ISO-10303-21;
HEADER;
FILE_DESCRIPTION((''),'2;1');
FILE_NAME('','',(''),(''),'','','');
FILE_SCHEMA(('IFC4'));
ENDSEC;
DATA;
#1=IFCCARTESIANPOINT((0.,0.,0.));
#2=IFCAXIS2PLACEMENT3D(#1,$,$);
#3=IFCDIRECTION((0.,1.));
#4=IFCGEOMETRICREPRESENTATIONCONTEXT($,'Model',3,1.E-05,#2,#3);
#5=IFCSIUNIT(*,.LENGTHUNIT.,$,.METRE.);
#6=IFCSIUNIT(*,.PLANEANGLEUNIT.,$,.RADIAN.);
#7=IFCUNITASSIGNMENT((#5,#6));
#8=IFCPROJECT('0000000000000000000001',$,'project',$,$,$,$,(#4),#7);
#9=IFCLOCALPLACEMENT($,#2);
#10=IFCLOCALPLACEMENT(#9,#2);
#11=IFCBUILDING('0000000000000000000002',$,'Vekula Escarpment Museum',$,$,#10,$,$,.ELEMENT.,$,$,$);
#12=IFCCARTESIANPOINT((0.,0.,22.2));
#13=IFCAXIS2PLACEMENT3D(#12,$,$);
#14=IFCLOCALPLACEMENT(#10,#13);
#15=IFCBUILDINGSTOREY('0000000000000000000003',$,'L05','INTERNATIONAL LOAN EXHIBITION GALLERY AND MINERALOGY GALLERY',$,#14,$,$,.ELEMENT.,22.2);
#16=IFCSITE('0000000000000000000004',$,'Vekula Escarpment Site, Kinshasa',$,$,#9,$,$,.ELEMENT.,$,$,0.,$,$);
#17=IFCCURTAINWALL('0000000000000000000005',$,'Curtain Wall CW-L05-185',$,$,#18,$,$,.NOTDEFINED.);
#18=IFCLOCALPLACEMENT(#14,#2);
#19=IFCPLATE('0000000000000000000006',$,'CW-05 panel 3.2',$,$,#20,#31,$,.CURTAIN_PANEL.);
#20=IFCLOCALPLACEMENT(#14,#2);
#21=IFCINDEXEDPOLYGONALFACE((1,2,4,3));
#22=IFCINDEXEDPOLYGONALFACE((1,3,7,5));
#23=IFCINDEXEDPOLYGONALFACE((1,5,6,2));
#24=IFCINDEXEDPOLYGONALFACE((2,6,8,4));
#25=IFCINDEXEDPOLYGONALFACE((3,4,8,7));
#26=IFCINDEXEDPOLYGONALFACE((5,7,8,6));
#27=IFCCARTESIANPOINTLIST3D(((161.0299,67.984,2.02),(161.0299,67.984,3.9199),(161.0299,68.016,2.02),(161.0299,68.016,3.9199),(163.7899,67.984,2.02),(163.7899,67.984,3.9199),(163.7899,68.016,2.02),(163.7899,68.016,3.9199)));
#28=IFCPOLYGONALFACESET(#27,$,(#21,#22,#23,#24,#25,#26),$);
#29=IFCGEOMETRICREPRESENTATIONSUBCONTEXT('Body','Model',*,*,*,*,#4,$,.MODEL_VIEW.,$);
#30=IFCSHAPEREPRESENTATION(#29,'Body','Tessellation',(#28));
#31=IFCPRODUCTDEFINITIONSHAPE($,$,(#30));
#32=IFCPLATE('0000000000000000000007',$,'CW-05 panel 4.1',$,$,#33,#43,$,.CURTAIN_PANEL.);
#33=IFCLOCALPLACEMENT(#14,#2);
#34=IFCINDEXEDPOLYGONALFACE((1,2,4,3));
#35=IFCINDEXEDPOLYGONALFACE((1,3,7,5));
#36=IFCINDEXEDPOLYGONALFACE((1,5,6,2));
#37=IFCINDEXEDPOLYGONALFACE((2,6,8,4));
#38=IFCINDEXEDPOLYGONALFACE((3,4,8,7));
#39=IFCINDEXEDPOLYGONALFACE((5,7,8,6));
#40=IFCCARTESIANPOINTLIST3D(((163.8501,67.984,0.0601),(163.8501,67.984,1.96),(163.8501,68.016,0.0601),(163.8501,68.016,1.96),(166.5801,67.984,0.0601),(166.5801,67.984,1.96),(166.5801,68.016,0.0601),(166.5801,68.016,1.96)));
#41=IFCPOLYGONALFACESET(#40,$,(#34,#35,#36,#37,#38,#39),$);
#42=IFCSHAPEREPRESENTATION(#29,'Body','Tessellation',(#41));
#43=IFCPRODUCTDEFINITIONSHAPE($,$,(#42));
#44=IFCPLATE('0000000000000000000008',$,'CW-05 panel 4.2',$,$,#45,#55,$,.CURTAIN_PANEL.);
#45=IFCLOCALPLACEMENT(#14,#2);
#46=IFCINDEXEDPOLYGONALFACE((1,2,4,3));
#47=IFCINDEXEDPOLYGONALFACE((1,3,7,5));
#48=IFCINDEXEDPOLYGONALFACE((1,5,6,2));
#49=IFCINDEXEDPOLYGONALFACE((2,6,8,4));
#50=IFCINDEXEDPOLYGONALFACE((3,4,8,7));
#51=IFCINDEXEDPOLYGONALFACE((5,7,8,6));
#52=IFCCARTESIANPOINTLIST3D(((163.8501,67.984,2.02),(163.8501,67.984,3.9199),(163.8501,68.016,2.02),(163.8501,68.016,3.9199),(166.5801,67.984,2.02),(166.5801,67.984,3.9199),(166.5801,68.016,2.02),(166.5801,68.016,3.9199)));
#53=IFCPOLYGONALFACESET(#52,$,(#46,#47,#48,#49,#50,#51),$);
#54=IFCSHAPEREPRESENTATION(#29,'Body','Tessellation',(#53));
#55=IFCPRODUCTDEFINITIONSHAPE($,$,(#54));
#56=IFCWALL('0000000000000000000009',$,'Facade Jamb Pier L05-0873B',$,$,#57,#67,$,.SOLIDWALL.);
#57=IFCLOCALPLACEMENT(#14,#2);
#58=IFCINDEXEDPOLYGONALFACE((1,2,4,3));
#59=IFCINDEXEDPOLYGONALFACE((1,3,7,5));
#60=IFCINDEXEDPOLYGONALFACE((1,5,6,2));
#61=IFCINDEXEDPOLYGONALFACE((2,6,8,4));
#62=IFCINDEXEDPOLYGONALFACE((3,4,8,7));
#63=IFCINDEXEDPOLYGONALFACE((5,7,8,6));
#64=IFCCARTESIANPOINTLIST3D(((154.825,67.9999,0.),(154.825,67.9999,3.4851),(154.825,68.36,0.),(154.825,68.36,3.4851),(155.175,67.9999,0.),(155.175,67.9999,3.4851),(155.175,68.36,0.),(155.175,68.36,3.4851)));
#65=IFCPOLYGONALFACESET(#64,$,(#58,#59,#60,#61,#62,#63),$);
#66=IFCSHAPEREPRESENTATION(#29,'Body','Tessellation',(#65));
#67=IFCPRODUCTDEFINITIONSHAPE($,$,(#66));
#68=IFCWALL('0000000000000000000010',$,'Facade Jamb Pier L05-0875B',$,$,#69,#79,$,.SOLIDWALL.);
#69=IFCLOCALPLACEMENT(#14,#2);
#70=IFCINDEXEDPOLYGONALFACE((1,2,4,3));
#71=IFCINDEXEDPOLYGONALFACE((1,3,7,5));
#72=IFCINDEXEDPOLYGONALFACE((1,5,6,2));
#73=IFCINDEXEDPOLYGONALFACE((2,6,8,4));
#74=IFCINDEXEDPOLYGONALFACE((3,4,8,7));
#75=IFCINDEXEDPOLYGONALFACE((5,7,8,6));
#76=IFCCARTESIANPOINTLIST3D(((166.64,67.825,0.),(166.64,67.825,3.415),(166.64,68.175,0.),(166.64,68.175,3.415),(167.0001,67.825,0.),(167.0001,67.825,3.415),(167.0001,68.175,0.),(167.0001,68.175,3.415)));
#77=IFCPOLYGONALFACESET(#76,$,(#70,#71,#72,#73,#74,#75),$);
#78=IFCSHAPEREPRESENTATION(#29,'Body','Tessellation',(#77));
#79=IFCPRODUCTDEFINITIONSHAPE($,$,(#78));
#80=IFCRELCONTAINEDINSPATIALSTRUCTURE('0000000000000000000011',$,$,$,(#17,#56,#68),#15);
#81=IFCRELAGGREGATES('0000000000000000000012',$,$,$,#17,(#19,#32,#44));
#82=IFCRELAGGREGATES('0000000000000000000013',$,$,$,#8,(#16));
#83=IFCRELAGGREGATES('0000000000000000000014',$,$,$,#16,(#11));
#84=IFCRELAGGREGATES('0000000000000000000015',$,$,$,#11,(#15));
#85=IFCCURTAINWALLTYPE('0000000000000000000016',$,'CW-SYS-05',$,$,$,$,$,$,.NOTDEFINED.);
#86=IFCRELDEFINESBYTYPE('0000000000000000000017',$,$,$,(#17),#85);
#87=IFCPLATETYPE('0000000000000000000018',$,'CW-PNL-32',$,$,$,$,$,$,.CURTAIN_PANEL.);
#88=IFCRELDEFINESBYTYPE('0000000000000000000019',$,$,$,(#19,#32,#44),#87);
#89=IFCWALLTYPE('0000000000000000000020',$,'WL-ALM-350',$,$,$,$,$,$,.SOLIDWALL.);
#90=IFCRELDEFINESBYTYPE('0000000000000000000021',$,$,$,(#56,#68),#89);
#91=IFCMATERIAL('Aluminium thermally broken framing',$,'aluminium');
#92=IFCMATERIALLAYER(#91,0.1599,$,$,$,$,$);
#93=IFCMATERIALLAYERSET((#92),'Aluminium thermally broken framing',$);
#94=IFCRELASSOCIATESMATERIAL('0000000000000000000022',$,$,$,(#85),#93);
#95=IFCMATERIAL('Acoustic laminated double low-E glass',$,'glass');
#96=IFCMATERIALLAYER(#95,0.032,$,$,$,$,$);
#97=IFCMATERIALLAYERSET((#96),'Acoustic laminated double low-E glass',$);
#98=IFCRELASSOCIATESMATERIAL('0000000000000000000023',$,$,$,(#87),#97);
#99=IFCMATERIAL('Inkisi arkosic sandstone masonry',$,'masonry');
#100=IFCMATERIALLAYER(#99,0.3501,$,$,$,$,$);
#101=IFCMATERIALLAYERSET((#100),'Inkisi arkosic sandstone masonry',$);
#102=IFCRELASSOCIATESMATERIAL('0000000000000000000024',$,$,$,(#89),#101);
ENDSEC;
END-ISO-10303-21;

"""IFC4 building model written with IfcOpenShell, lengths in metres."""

from ifc_helpers import new_model, si_unit, direction, frame, frame_2d, origin, origin_2d, place, context, subcontext, project, spatial, rectangle, extrude, material, layer, layer_set, type_object, element, aggregate, save


model = new_model("IFC4")

# Units and contexts
model_context = context("Model", 3, precision=1e-05, world=origin(), true_north=direction((0.0, 1.0)))
body_context = subcontext(model_context, "Body", "Model", "MODEL_VIEW")
ifc_project = project(units=[si_unit("LENGTHUNIT", "METRE"), si_unit("PLANEANGLEUNIT", "RADIAN")], contexts=[model_context])

# Site, building, storey
site_placement = place(None, origin())
site = spatial("IfcSite", under=ifc_project, at=site_placement, Name="Vekula Escarpment Site, Kinshasa", CompositionType="ELEMENT", RefElevation=0.0)
building_placement = place(site_placement, origin())
building = spatial("IfcBuilding", under=site, at=building_placement, Name="Vekula Escarpment Museum", CompositionType="ELEMENT")
storey_placement = place(building_placement, frame((0.0, 0.0, 22.2)))
storey = spatial("IfcBuildingStorey", under=building, at=storey_placement, Name="L05", Description="INTERNATIONAL LOAN EXHIBITION GALLERY AND MINERALOGY GALLERY", CompositionType="ELEMENT", Elevation=22.2)

# Curtain wall
ifc_material_1 = material(Name="Aluminium thermally broken framing", Category="aluminium")
ifc_layer_1 = layer(ifc_material_1, 0.1599)
ifc_layer_set_1 = layer_set([ifc_layer_1], Name="Aluminium thermally broken framing")
curtain_wall_type_1 = type_object("IfcCurtainWallType", Name="CW-SYS-05", PredefinedType="NOTDEFINED", material=ifc_layer_set_1)
curtain_wall_1_placement = place(storey_placement, origin())
curtain_wall_1 = element("IfcCurtainWall", 1, at=curtain_wall_1_placement, inside=storey, type_object=curtain_wall_type_1, Name="Curtain Wall CW-L05-185", PredefinedType="NOTDEFINED")

# Plates
ifc_material_2 = material(Name="Acoustic laminated double low-E glass", Category="glass")
ifc_layer_2 = layer(ifc_material_2, 0.032)
ifc_layer_set_2 = layer_set([ifc_layer_2], Name="Acoustic laminated double low-E glass")
plate_type_1 = type_object("IfcPlateType", Name="CW-PNL-32", PredefinedType="CURTAIN_PANEL", material=ifc_layer_set_2)
plate_1_placement = place(storey_placement, frame((162.4099, 68.0, 2.02), z_axis=(0.0, 0.0, 1.0), x_axis=(1.0, 0.0, 0.0)))
plate_1 = element("IfcPlate", 2, at=plate_1_placement, type_object=plate_type_1, Name="CW-05 panel 3.2", PredefinedType="CURTAIN_PANEL", context=body_context, shape_type="SweptSolid", body=[
    extrude(rectangle(XDim=2.76, YDim=0.032, at=origin_2d()), origin(), (0.0, 0.0, 1.0), 1.8999),
])
plate_2_placement = place(storey_placement, frame((165.2151, 68.0, 0.0601), z_axis=(0.0, 0.0, 1.0), x_axis=(1.0, 0.0, 0.0)))
plate_2 = element("IfcPlate", 3, at=plate_2_placement, type_object=plate_type_1, Name="CW-05 panel 4.1", PredefinedType="CURTAIN_PANEL", context=body_context, shape_type="SweptSolid", body=[
    extrude(rectangle(XDim=2.73, YDim=0.032, at=origin_2d()), origin(), (0.0, 0.0, 1.0), 1.8999),
])
plate_3_placement = place(storey_placement, frame((165.2151, 68.0, 2.02), z_axis=(0.0, 0.0, 1.0), x_axis=(1.0, 0.0, 0.0)))
plate_3 = element("IfcPlate", 4, at=plate_3_placement, type_object=plate_type_1, Name="CW-05 panel 4.2", PredefinedType="CURTAIN_PANEL", context=body_context, shape_type="SweptSolid", body=[
    extrude(rectangle(XDim=2.73, YDim=0.032, at=origin_2d()), origin(), (0.0, 0.0, 1.0), 1.8999),
])
aggregate(curtain_wall_1, [plate_1, plate_2, plate_3])

# Walls
ifc_material_3 = material(Name="Inkisi arkosic sandstone masonry", Category="masonry")
ifc_layer_3 = layer(ifc_material_3, 0.3501)
ifc_layer_set_3 = layer_set([ifc_layer_3], Name="Inkisi arkosic sandstone masonry")
wall_type = type_object("IfcWallType", Name="WL-ALM-350", PredefinedType="SOLIDWALL", material=ifc_layer_set_3)
wall_1_placement = place(storey_placement, frame((155.0, 68.3601, 0.0), z_axis=(0.0, 0.0, 1.0), x_axis=(0.0, -1.0, 0.0)))
element("IfcWall", 5, at=wall_1_placement, inside=storey, type_object=wall_type, Name="Facade Jamb Pier L05-0873B", PredefinedType="SOLIDWALL", context=body_context, shape_type="SweptSolid", body=[
    extrude(rectangle(XDim=0.3601, YDim=0.3501, at=frame_2d((0.1802, 0.0))), origin(), (0.0, 0.0, 1.0), 3.4851),
])
wall_2_placement = place(storey_placement, frame((166.6399, 68.0, 0.0), z_axis=(0.0, 0.0, 1.0), x_axis=(1.0, 0.0, 0.0)))
element("IfcWall", 6, at=wall_2_placement, inside=storey, type_object=wall_type, Name="Facade Jamb Pier L05-0875B", PredefinedType="SOLIDWALL", context=body_context, shape_type="SweptSolid", body=[
    extrude(rectangle(XDim=0.3601, YDim=0.3501, at=frame_2d((0.1802, 0.0))), origin(), (0.0, 0.0, 1.0), 3.415),
])

save(model, "model.ifc")
